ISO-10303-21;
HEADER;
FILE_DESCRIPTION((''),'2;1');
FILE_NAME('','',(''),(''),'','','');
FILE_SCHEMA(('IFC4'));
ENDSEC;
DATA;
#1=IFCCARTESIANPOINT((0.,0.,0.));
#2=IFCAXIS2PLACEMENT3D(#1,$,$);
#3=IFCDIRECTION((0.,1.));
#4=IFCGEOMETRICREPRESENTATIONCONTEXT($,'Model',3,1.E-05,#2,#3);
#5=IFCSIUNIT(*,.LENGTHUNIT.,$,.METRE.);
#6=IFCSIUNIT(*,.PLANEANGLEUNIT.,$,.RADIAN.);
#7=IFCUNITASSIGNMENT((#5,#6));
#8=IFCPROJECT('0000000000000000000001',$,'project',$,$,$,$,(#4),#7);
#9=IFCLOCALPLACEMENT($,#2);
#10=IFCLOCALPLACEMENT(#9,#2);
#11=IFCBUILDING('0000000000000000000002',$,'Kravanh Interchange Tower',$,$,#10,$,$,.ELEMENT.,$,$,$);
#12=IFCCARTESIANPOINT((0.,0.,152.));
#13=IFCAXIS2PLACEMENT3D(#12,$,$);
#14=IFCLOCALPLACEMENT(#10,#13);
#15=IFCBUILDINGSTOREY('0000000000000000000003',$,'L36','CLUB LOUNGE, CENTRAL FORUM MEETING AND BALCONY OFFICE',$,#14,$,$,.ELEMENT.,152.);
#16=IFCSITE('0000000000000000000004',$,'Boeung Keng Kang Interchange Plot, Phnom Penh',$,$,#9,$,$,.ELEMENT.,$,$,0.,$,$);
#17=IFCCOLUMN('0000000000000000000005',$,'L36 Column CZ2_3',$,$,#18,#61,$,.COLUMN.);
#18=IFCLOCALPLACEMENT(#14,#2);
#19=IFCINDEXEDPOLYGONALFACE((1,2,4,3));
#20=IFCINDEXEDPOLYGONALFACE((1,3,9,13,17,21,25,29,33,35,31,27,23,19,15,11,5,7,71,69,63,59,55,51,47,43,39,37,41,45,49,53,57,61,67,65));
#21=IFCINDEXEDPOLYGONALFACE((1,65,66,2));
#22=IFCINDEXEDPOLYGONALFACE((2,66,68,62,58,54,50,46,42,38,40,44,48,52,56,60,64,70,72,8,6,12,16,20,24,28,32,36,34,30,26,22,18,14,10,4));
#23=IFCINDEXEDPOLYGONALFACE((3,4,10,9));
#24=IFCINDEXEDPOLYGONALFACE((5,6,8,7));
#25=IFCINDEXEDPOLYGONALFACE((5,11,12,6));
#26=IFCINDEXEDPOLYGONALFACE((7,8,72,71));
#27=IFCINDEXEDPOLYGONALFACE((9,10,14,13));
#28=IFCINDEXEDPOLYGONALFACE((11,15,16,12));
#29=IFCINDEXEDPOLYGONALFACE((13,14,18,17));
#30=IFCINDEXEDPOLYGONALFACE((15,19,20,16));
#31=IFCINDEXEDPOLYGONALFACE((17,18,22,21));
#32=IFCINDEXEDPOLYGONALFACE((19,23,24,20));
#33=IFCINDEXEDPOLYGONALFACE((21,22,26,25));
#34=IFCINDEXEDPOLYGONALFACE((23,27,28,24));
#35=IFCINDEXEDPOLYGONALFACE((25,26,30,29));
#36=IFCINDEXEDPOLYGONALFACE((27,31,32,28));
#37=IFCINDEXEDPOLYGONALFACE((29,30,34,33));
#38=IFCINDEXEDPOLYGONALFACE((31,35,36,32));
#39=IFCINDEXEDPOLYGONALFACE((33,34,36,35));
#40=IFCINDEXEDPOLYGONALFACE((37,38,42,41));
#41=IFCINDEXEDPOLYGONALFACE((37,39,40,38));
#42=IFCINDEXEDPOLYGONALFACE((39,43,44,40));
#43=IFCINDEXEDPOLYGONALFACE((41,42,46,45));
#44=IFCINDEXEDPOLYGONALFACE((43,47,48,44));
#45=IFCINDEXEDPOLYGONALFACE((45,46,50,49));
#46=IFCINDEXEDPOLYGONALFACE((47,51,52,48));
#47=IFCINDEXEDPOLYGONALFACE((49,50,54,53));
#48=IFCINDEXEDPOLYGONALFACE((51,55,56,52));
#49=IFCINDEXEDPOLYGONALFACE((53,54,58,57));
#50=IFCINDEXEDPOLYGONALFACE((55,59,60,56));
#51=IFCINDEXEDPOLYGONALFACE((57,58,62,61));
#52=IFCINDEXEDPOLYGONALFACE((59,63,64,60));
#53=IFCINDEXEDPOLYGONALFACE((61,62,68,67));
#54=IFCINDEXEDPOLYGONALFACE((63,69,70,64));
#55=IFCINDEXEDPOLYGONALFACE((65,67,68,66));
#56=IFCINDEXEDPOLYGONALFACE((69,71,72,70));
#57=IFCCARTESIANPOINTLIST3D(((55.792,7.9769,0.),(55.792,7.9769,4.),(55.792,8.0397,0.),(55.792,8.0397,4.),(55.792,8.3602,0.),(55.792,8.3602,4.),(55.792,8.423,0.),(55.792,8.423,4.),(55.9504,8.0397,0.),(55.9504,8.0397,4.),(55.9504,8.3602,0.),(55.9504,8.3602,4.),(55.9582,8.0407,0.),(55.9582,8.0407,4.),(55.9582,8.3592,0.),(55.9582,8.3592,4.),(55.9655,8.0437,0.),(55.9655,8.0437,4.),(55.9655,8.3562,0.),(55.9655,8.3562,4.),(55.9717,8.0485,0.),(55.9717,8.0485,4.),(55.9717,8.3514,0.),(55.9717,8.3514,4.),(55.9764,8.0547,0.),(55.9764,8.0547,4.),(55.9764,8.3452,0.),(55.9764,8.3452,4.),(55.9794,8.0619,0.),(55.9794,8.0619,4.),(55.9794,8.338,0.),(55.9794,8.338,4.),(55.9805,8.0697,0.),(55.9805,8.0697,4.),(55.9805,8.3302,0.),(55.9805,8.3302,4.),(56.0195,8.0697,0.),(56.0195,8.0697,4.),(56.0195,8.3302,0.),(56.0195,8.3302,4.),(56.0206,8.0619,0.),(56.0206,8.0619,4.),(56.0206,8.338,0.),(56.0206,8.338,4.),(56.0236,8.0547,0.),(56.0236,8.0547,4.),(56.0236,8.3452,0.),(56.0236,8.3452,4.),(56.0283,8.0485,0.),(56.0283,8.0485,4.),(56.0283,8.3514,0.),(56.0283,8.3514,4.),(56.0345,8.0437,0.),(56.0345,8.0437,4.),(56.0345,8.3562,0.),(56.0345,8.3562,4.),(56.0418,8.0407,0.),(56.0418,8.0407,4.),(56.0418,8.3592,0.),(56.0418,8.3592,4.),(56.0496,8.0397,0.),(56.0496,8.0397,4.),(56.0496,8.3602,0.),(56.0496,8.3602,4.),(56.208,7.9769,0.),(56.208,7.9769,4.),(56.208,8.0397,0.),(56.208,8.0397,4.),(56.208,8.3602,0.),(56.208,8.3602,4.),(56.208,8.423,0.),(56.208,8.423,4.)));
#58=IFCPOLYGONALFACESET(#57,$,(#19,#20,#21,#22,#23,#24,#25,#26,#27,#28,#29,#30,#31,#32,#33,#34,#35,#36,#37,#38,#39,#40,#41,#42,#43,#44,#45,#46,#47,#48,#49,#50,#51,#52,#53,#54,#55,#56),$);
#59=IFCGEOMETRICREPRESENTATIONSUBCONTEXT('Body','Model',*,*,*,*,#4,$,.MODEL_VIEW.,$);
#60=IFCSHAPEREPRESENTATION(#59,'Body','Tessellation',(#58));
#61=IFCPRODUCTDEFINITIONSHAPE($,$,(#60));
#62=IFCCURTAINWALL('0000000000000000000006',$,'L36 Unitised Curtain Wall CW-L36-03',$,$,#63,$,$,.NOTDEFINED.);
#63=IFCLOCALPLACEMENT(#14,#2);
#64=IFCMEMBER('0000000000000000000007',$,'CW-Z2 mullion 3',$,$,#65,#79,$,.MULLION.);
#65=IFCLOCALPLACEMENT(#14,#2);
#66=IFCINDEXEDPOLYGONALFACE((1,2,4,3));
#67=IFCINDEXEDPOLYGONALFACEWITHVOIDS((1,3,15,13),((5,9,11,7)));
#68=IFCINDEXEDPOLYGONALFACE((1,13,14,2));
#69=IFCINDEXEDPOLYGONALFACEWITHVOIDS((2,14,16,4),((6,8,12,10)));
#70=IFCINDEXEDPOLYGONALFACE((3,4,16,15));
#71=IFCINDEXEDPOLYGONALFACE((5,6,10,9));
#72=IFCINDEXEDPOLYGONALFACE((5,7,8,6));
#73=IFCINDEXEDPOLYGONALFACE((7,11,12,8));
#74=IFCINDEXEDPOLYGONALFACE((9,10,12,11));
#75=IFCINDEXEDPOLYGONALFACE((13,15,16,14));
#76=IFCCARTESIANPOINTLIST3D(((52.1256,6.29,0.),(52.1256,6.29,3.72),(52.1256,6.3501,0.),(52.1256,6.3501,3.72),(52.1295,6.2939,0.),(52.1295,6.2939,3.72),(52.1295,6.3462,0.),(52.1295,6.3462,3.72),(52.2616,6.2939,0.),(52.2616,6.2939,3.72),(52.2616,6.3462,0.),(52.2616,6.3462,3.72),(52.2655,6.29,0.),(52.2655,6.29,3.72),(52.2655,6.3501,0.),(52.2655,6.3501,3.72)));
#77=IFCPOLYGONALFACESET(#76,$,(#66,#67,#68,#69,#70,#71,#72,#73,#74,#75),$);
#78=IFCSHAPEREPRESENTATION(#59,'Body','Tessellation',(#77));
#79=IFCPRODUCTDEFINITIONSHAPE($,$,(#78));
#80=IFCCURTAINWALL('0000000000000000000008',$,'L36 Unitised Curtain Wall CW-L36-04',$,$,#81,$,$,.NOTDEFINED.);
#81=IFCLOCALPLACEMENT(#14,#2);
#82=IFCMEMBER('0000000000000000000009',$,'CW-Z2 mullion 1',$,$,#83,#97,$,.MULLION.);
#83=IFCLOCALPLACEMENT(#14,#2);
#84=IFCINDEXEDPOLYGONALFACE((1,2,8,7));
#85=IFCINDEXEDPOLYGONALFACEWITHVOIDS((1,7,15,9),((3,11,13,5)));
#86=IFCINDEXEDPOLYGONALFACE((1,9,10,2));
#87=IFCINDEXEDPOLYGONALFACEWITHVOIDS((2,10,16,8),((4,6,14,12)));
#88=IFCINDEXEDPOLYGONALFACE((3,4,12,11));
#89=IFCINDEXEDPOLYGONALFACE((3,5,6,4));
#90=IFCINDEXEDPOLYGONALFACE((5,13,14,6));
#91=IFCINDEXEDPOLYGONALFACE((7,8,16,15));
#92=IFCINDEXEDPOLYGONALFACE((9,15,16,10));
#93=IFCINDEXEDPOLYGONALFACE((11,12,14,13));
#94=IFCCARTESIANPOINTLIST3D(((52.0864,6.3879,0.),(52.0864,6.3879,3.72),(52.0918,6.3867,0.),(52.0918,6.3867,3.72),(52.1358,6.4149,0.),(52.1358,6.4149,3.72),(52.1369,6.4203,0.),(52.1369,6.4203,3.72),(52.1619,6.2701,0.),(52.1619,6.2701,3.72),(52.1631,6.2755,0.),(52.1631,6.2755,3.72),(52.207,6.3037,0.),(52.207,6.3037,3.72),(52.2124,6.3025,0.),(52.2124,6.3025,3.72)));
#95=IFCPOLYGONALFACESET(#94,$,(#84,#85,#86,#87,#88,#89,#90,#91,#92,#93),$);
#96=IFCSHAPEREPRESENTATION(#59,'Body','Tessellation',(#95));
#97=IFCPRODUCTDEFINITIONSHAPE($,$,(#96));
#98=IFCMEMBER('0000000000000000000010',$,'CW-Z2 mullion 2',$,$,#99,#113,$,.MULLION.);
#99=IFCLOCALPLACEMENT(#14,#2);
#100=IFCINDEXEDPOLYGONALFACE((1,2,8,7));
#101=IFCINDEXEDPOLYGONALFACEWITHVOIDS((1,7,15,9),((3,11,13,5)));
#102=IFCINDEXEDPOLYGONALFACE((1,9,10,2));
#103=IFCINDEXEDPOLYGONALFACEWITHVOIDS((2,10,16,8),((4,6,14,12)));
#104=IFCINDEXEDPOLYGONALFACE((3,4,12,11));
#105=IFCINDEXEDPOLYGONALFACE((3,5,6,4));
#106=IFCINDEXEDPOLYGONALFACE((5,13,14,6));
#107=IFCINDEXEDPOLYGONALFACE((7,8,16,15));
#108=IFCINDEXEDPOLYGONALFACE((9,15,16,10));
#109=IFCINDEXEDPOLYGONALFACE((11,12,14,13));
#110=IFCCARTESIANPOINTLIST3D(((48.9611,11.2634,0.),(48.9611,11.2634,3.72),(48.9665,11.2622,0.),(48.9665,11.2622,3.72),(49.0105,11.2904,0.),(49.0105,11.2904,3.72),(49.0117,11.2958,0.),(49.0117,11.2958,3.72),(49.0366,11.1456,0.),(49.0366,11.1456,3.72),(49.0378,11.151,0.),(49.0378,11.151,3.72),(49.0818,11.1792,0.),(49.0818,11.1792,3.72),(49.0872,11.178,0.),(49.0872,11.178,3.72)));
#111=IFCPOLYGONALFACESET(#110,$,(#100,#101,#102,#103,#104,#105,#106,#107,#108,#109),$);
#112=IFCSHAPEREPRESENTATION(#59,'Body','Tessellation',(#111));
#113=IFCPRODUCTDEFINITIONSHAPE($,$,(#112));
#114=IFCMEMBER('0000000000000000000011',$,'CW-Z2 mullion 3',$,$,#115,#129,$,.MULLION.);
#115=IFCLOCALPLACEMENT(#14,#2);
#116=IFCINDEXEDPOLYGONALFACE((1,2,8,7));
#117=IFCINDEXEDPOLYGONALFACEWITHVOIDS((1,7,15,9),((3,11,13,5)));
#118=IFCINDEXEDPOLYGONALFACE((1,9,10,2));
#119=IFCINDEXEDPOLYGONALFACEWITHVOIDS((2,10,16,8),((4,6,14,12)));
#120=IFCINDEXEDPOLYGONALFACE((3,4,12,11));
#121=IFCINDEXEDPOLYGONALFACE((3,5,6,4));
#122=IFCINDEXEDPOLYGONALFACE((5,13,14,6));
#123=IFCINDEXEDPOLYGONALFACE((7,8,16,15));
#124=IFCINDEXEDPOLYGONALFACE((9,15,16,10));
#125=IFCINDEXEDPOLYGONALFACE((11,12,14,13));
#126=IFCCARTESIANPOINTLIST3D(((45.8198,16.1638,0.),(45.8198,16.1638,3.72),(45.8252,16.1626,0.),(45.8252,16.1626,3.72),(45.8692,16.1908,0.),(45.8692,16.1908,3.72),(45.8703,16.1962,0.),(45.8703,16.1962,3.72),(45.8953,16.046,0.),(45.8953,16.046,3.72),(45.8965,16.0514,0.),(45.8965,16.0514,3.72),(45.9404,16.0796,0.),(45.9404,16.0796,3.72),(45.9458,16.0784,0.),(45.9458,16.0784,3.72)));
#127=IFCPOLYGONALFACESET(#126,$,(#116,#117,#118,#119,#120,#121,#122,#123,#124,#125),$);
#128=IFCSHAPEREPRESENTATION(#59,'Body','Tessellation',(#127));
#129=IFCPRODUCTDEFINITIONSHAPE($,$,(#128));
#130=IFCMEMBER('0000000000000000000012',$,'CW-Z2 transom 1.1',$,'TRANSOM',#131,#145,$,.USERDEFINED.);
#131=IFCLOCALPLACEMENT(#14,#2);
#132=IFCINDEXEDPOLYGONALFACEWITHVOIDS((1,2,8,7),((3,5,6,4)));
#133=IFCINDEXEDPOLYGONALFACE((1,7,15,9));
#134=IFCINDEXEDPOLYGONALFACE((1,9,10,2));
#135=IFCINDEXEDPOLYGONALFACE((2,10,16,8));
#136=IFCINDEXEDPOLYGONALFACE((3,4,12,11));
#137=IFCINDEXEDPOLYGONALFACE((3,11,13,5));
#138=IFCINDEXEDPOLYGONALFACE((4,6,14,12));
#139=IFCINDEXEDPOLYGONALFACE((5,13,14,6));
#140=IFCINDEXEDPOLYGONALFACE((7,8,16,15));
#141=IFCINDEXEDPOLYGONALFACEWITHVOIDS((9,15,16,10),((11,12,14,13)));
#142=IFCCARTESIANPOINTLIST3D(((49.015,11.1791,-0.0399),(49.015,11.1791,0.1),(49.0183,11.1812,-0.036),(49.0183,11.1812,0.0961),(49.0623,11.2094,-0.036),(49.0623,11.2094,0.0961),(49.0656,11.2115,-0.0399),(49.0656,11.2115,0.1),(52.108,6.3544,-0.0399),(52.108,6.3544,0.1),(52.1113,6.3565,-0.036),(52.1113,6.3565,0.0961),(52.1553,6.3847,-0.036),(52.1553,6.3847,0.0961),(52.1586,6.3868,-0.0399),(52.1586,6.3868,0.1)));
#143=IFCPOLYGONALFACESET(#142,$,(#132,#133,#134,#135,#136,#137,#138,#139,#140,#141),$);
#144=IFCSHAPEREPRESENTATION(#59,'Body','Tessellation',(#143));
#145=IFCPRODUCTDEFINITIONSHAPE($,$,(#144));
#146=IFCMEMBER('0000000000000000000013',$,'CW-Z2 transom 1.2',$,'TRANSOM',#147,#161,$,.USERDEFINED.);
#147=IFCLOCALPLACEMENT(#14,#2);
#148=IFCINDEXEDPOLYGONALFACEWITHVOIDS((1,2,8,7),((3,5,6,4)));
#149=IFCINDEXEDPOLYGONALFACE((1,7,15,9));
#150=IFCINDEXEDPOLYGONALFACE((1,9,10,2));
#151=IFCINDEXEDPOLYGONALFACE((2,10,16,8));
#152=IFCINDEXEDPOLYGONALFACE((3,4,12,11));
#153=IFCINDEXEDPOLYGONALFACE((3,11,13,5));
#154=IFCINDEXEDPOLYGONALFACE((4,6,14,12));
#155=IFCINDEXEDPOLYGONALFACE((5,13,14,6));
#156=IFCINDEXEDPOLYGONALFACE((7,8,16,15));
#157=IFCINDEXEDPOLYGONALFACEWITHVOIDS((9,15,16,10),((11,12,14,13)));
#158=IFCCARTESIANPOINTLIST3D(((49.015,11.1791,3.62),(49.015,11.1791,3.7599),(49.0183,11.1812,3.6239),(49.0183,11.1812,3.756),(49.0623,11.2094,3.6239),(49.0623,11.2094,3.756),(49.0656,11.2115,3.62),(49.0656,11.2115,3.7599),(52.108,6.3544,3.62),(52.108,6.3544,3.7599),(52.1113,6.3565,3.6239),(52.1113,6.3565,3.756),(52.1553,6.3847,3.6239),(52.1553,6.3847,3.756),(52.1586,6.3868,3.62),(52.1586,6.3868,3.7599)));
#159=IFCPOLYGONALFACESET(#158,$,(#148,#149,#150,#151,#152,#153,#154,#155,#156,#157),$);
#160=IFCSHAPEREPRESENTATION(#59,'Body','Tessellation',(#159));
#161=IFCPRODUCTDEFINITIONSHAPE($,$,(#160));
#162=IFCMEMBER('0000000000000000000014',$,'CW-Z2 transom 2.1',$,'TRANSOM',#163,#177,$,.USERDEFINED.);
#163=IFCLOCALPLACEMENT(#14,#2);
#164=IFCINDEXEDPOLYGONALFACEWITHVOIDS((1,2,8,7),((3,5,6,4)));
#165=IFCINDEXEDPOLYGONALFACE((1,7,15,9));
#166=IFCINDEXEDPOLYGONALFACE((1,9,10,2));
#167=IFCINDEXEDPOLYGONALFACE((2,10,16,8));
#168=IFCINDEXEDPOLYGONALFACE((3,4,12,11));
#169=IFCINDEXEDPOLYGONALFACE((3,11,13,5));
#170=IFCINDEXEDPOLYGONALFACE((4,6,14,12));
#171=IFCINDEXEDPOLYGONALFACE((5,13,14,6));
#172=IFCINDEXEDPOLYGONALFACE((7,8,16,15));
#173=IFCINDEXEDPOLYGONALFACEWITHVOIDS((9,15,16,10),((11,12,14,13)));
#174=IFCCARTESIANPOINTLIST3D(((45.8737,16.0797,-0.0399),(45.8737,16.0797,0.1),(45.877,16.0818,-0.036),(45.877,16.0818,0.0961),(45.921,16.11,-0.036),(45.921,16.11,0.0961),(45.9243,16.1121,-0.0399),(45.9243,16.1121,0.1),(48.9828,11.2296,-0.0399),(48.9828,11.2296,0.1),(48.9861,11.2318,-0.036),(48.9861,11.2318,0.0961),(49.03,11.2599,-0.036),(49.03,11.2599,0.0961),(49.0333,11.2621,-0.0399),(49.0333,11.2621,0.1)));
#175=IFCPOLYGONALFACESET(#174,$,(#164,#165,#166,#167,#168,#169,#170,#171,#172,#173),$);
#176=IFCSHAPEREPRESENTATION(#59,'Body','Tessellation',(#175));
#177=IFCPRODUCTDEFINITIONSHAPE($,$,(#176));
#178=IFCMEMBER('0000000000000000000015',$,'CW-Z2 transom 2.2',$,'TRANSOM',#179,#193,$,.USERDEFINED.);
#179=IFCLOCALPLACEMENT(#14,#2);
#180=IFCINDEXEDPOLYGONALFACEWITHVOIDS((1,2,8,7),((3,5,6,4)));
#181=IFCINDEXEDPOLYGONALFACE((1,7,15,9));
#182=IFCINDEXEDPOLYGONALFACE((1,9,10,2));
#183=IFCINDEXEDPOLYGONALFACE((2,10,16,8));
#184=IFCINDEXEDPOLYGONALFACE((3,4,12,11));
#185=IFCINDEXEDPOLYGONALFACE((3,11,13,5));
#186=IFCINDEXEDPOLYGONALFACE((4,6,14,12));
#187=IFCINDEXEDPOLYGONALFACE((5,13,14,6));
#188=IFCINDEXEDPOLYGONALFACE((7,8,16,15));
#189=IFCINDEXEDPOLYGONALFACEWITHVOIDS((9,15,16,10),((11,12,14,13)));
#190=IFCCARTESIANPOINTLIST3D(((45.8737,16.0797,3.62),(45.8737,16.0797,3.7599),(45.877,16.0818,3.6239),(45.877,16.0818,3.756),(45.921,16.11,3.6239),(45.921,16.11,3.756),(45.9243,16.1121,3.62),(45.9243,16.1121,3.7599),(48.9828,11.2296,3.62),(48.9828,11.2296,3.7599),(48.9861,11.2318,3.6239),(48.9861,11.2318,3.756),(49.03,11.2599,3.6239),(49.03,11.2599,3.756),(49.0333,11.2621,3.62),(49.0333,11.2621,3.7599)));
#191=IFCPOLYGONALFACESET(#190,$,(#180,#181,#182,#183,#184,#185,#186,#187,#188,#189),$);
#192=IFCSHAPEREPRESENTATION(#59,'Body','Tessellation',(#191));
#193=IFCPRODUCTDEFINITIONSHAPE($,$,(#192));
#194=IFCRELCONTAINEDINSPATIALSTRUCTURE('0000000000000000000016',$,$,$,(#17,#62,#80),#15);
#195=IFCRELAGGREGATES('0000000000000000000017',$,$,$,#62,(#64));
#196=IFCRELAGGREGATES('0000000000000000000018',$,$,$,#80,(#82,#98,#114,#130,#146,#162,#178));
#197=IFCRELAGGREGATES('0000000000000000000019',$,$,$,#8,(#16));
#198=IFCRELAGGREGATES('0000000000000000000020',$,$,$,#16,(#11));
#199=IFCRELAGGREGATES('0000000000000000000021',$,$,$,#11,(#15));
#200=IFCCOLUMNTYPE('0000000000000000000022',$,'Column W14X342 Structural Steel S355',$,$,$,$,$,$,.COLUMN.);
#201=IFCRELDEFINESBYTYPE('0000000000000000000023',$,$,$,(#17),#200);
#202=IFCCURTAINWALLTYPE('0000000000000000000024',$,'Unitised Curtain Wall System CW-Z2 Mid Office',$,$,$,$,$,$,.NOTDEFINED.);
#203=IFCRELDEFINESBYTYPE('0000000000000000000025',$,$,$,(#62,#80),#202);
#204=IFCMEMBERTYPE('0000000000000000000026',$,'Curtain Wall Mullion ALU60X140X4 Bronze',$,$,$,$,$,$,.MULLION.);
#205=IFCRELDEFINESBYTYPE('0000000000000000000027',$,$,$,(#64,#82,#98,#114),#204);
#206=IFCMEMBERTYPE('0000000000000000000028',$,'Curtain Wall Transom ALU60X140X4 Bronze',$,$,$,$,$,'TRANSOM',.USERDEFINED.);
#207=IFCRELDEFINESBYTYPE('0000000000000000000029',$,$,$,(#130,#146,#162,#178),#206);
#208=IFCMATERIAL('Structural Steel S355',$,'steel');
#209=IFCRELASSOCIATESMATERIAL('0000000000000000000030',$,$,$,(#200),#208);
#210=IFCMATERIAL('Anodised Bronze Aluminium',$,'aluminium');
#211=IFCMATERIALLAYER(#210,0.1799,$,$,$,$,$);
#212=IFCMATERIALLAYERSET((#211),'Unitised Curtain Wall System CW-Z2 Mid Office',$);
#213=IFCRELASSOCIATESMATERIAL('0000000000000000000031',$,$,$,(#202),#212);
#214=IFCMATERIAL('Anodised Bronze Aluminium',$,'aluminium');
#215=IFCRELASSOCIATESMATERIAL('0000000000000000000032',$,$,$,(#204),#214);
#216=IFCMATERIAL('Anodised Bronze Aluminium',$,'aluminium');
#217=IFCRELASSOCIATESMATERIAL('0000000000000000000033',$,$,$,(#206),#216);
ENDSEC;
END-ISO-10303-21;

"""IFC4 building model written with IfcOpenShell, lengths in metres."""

from ifc_helpers import new_model, si_unit, direction, frame, origin, origin_2d, place, context, subcontext, project, spatial, hollow_rectangle, i_section, extrude, material, layer, layer_set, material_profile, profile_set, type_object, element, aggregate, save


model = new_model("IFC4")

# Units and contexts
model_context = context("Model", 3, precision=1e-05, world=origin(), true_north=direction((0.0, 1.0)))
body_context = subcontext(model_context, "Body", "Model", "MODEL_VIEW")
ifc_project = project(units=[si_unit("LENGTHUNIT", "METRE"), si_unit("PLANEANGLEUNIT", "RADIAN")], contexts=[model_context])

# Site, building, storey
site_placement = place(None, origin())
site = spatial("IfcSite", under=ifc_project, at=site_placement, Name="Boeung Keng Kang Interchange Plot, Phnom Penh", CompositionType="ELEMENT", RefElevation=0.0)
building_placement = place(site_placement, origin())
building = spatial("IfcBuilding", under=site, at=building_placement, Name="Kravanh Interchange Tower", CompositionType="ELEMENT")
storey_placement = place(building_placement, frame((0.0, 0.0, 152.0)))
storey = spatial("IfcBuildingStorey", under=building, at=storey_placement, Name="L36", Description="CLUB LOUNGE, CENTRAL FORUM MEETING AND BALCONY OFFICE", CompositionType="ELEMENT", Elevation=152.0)

# Column
ifc_material_1 = material(Name="Structural Steel S355", Category="steel")
ifc_material_profile_1 = material_profile(ifc_material_1, i_section(OverallWidth=0.416, OverallDepth=0.446, WebThickness=0.0391, FlangeThickness=0.0627, FilletRadius=0.03, at=origin_2d()), Name="W14X342")
ifc_profile_set_1 = profile_set([ifc_material_profile_1], Name="Structural Steel S355")
column_type = type_object("IfcColumnType", Name="Column W14X342 Structural Steel S355", PredefinedType="COLUMN", material=ifc_profile_set_1)
column_placement = place(storey_placement, frame((56.0, 8.2, 0.0), z_axis=(0.0, 0.0, 1.0), x_axis=(1.0, 0.0, 0.0)))
element("IfcColumn", 1, at=column_placement, inside=storey, type_object=column_type, Name="L36 Column CZ2_3", PredefinedType="COLUMN", context=body_context, shape_type="SweptSolid", body=[
    extrude(i_section(OverallWidth=0.416, OverallDepth=0.446, WebThickness=0.0391, FlangeThickness=0.0627, FilletRadius=0.03, at=origin_2d()), origin(), (0.0, 0.0, 1.0), 4.0),
])

# Curtain wall, member
ifc_material_2 = material(Name="Anodised Bronze Aluminium", Category="aluminium")
ifc_layer_1 = layer(ifc_material_2, 0.1799)
ifc_layer_set_1 = layer_set([ifc_layer_1], Name="Unitised Curtain Wall System CW-Z2 Mid Office")
curtain_wall_type = type_object("IfcCurtainWallType", Name="Unitised Curtain Wall System CW-Z2 Mid Office", PredefinedType="NOTDEFINED", material=ifc_layer_set_1)
curtain_wall_1_placement = place(storey_placement, origin())
curtain_wall_1 = element("IfcCurtainWall", 2, at=curtain_wall_1_placement, inside=storey, type_object=curtain_wall_type, Name="L36 Unitised Curtain Wall CW-L36-03", PredefinedType="NOTDEFINED")
ifc_material_3 = material(Name="Anodised Bronze Aluminium", Category="aluminium")
ifc_material_profile_2 = material_profile(ifc_material_3, hollow_rectangle(XDim=0.0601, YDim=0.1399, WallThickness=0.0039, at=origin_2d()), Name="ALU60X140X4")
ifc_profile_set_2 = profile_set([ifc_material_profile_2], Name="Anodised Bronze Aluminium")
member_type_1 = type_object("IfcMemberType", Name="Curtain Wall Mullion ALU60X140X4 Bronze", PredefinedType="MULLION", material=ifc_profile_set_2)
member_1_placement = place(storey_placement, frame((52.1956, 6.3201, 0.0), z_axis=(0.0, 0.0, 1.0), x_axis=(0.0, -1.0, 0.0)))
member_1 = element("IfcMember", 3, at=member_1_placement, type_object=member_type_1, Name="CW-Z2 mullion 3", PredefinedType="MULLION", context=body_context, shape_type="SweptSolid", body=[
    extrude(hollow_rectangle(XDim=0.0601, YDim=0.1399, WallThickness=0.0039, at=origin_2d()), origin(), (0.0, 0.0, 1.0), 3.72),
])

# Curtain wall, members
curtain_wall_2_placement = place(storey_placement, origin())
curtain_wall_2 = element("IfcCurtainWall", 4, at=curtain_wall_2_placement, inside=storey, type_object=curtain_wall_type, Name="L36 Unitised Curtain Wall CW-L36-04", PredefinedType="NOTDEFINED")
member_2_placement = place(storey_placement, frame((52.1494, 6.3452, 0.0), z_axis=(0.0, 0.0, 1.0), x_axis=(-0.84188, -0.539665, 0.0)))
member_2 = element("IfcMember", 5, at=member_2_placement, type_object=member_type_1, Name="CW-Z2 mullion 1", PredefinedType="MULLION", context=body_context, shape_type="SweptSolid", body=[
    extrude(hollow_rectangle(XDim=0.0601, YDim=0.1399, WallThickness=0.0039, at=origin_2d()), origin(), (0.0, 0.0, 1.0), 3.72),
])
member_3_placement = place(storey_placement, frame((49.0242, 11.2207, 0.0), z_axis=(0.0, 0.0, 1.0), x_axis=(-0.84188, -0.539665, 0.0)))
member_3 = element("IfcMember", 6, at=member_3_placement, type_object=member_type_1, Name="CW-Z2 mullion 2", PredefinedType="MULLION", context=body_context, shape_type="SweptSolid", body=[
    extrude(hollow_rectangle(XDim=0.0601, YDim=0.1399, WallThickness=0.0039, at=origin_2d()), origin(), (0.0, 0.0, 1.0), 3.72),
])
member_4_placement = place(storey_placement, frame((45.8828, 16.1211, 0.0), z_axis=(0.0, 0.0, 1.0), x_axis=(-0.84188, -0.539665, 0.0)))
member_4 = element("IfcMember", 7, at=member_4_placement, type_object=member_type_1, Name="CW-Z2 mullion 3", PredefinedType="MULLION", context=body_context, shape_type="SweptSolid", body=[
    extrude(hollow_rectangle(XDim=0.0601, YDim=0.1399, WallThickness=0.0039, at=origin_2d()), origin(), (0.0, 0.0, 1.0), 3.72),
])
ifc_material_4 = material(Name="Anodised Bronze Aluminium", Category="aluminium")
ifc_material_profile_3 = material_profile(ifc_material_4, hollow_rectangle(XDim=0.0601, YDim=0.1399, WallThickness=0.0039, at=origin_2d()), Name="ALU60X140X4")
ifc_profile_set_3 = profile_set([ifc_material_profile_3], Name="Anodised Bronze Aluminium")
member_type_2 = type_object("IfcMemberType", Name="Curtain Wall Transom ALU60X140X4 Bronze", ElementType="TRANSOM", PredefinedType="USERDEFINED", material=ifc_profile_set_3)
member_5_placement = place(storey_placement, frame((52.1333, 6.3706, 0.03), z_axis=(-0.539698, 0.841859, 0.0), x_axis=(-0.841859, -0.539698, 0.0)))
member_5 = element("IfcMember", 8, at=member_5_placement, type_object=member_type_2, Name="CW-Z2 transom 1.1", ObjectType="TRANSOM", PredefinedType="USERDEFINED", context=body_context, shape_type="SweptSolid", body=[
    extrude(hollow_rectangle(XDim=0.0601, YDim=0.1399, WallThickness=0.0039, at=origin_2d()), origin(), (0.0, 0.0, 1.0), 5.731),
])
member_6_placement = place(storey_placement, frame((52.1333, 6.3706, 3.6899), z_axis=(-0.539698, 0.841859, 0.0), x_axis=(-0.841859, -0.539698, 0.0)))
member_6 = element("IfcMember", 9, at=member_6_placement, type_object=member_type_2, Name="CW-Z2 transom 1.2", ObjectType="TRANSOM", PredefinedType="USERDEFINED", context=body_context, shape_type="SweptSolid", body=[
    extrude(hollow_rectangle(XDim=0.0601, YDim=0.1399, WallThickness=0.0039, at=origin_2d()), origin(), (0.0, 0.0, 1.0), 5.731),
])
member_7_placement = place(storey_placement, frame((49.0081, 11.2458, 0.03), z_axis=(-0.539678, 0.841872, 0.0), x_axis=(-0.841872, -0.539678, 0.0)))
member_7 = element("IfcMember", 10, at=member_7_placement, type_object=member_type_2, Name="CW-Z2 transom 2.1", ObjectType="TRANSOM", PredefinedType="USERDEFINED", context=body_context, shape_type="SweptSolid", body=[
    extrude(hollow_rectangle(XDim=0.0601, YDim=0.1399, WallThickness=0.0039, at=origin_2d()), origin(), (0.0, 0.0, 1.0), 5.761),
])
member_8_placement = place(storey_placement, frame((49.0081, 11.2458, 3.6899), z_axis=(-0.539678, 0.841872, 0.0), x_axis=(-0.841872, -0.539678, 0.0)))
member_8 = element("IfcMember", 11, at=member_8_placement, type_object=member_type_2, Name="CW-Z2 transom 2.2", ObjectType="TRANSOM", PredefinedType="USERDEFINED", context=body_context, shape_type="SweptSolid", body=[
    extrude(hollow_rectangle(XDim=0.0601, YDim=0.1399, WallThickness=0.0039, at=origin_2d()), origin(), (0.0, 0.0, 1.0), 5.761),
])

aggregate(curtain_wall_1, [member_1])
aggregate(curtain_wall_2, [member_2, member_3, member_4, member_5, member_6, member_7, member_8])

save(model, "model.ifc")
